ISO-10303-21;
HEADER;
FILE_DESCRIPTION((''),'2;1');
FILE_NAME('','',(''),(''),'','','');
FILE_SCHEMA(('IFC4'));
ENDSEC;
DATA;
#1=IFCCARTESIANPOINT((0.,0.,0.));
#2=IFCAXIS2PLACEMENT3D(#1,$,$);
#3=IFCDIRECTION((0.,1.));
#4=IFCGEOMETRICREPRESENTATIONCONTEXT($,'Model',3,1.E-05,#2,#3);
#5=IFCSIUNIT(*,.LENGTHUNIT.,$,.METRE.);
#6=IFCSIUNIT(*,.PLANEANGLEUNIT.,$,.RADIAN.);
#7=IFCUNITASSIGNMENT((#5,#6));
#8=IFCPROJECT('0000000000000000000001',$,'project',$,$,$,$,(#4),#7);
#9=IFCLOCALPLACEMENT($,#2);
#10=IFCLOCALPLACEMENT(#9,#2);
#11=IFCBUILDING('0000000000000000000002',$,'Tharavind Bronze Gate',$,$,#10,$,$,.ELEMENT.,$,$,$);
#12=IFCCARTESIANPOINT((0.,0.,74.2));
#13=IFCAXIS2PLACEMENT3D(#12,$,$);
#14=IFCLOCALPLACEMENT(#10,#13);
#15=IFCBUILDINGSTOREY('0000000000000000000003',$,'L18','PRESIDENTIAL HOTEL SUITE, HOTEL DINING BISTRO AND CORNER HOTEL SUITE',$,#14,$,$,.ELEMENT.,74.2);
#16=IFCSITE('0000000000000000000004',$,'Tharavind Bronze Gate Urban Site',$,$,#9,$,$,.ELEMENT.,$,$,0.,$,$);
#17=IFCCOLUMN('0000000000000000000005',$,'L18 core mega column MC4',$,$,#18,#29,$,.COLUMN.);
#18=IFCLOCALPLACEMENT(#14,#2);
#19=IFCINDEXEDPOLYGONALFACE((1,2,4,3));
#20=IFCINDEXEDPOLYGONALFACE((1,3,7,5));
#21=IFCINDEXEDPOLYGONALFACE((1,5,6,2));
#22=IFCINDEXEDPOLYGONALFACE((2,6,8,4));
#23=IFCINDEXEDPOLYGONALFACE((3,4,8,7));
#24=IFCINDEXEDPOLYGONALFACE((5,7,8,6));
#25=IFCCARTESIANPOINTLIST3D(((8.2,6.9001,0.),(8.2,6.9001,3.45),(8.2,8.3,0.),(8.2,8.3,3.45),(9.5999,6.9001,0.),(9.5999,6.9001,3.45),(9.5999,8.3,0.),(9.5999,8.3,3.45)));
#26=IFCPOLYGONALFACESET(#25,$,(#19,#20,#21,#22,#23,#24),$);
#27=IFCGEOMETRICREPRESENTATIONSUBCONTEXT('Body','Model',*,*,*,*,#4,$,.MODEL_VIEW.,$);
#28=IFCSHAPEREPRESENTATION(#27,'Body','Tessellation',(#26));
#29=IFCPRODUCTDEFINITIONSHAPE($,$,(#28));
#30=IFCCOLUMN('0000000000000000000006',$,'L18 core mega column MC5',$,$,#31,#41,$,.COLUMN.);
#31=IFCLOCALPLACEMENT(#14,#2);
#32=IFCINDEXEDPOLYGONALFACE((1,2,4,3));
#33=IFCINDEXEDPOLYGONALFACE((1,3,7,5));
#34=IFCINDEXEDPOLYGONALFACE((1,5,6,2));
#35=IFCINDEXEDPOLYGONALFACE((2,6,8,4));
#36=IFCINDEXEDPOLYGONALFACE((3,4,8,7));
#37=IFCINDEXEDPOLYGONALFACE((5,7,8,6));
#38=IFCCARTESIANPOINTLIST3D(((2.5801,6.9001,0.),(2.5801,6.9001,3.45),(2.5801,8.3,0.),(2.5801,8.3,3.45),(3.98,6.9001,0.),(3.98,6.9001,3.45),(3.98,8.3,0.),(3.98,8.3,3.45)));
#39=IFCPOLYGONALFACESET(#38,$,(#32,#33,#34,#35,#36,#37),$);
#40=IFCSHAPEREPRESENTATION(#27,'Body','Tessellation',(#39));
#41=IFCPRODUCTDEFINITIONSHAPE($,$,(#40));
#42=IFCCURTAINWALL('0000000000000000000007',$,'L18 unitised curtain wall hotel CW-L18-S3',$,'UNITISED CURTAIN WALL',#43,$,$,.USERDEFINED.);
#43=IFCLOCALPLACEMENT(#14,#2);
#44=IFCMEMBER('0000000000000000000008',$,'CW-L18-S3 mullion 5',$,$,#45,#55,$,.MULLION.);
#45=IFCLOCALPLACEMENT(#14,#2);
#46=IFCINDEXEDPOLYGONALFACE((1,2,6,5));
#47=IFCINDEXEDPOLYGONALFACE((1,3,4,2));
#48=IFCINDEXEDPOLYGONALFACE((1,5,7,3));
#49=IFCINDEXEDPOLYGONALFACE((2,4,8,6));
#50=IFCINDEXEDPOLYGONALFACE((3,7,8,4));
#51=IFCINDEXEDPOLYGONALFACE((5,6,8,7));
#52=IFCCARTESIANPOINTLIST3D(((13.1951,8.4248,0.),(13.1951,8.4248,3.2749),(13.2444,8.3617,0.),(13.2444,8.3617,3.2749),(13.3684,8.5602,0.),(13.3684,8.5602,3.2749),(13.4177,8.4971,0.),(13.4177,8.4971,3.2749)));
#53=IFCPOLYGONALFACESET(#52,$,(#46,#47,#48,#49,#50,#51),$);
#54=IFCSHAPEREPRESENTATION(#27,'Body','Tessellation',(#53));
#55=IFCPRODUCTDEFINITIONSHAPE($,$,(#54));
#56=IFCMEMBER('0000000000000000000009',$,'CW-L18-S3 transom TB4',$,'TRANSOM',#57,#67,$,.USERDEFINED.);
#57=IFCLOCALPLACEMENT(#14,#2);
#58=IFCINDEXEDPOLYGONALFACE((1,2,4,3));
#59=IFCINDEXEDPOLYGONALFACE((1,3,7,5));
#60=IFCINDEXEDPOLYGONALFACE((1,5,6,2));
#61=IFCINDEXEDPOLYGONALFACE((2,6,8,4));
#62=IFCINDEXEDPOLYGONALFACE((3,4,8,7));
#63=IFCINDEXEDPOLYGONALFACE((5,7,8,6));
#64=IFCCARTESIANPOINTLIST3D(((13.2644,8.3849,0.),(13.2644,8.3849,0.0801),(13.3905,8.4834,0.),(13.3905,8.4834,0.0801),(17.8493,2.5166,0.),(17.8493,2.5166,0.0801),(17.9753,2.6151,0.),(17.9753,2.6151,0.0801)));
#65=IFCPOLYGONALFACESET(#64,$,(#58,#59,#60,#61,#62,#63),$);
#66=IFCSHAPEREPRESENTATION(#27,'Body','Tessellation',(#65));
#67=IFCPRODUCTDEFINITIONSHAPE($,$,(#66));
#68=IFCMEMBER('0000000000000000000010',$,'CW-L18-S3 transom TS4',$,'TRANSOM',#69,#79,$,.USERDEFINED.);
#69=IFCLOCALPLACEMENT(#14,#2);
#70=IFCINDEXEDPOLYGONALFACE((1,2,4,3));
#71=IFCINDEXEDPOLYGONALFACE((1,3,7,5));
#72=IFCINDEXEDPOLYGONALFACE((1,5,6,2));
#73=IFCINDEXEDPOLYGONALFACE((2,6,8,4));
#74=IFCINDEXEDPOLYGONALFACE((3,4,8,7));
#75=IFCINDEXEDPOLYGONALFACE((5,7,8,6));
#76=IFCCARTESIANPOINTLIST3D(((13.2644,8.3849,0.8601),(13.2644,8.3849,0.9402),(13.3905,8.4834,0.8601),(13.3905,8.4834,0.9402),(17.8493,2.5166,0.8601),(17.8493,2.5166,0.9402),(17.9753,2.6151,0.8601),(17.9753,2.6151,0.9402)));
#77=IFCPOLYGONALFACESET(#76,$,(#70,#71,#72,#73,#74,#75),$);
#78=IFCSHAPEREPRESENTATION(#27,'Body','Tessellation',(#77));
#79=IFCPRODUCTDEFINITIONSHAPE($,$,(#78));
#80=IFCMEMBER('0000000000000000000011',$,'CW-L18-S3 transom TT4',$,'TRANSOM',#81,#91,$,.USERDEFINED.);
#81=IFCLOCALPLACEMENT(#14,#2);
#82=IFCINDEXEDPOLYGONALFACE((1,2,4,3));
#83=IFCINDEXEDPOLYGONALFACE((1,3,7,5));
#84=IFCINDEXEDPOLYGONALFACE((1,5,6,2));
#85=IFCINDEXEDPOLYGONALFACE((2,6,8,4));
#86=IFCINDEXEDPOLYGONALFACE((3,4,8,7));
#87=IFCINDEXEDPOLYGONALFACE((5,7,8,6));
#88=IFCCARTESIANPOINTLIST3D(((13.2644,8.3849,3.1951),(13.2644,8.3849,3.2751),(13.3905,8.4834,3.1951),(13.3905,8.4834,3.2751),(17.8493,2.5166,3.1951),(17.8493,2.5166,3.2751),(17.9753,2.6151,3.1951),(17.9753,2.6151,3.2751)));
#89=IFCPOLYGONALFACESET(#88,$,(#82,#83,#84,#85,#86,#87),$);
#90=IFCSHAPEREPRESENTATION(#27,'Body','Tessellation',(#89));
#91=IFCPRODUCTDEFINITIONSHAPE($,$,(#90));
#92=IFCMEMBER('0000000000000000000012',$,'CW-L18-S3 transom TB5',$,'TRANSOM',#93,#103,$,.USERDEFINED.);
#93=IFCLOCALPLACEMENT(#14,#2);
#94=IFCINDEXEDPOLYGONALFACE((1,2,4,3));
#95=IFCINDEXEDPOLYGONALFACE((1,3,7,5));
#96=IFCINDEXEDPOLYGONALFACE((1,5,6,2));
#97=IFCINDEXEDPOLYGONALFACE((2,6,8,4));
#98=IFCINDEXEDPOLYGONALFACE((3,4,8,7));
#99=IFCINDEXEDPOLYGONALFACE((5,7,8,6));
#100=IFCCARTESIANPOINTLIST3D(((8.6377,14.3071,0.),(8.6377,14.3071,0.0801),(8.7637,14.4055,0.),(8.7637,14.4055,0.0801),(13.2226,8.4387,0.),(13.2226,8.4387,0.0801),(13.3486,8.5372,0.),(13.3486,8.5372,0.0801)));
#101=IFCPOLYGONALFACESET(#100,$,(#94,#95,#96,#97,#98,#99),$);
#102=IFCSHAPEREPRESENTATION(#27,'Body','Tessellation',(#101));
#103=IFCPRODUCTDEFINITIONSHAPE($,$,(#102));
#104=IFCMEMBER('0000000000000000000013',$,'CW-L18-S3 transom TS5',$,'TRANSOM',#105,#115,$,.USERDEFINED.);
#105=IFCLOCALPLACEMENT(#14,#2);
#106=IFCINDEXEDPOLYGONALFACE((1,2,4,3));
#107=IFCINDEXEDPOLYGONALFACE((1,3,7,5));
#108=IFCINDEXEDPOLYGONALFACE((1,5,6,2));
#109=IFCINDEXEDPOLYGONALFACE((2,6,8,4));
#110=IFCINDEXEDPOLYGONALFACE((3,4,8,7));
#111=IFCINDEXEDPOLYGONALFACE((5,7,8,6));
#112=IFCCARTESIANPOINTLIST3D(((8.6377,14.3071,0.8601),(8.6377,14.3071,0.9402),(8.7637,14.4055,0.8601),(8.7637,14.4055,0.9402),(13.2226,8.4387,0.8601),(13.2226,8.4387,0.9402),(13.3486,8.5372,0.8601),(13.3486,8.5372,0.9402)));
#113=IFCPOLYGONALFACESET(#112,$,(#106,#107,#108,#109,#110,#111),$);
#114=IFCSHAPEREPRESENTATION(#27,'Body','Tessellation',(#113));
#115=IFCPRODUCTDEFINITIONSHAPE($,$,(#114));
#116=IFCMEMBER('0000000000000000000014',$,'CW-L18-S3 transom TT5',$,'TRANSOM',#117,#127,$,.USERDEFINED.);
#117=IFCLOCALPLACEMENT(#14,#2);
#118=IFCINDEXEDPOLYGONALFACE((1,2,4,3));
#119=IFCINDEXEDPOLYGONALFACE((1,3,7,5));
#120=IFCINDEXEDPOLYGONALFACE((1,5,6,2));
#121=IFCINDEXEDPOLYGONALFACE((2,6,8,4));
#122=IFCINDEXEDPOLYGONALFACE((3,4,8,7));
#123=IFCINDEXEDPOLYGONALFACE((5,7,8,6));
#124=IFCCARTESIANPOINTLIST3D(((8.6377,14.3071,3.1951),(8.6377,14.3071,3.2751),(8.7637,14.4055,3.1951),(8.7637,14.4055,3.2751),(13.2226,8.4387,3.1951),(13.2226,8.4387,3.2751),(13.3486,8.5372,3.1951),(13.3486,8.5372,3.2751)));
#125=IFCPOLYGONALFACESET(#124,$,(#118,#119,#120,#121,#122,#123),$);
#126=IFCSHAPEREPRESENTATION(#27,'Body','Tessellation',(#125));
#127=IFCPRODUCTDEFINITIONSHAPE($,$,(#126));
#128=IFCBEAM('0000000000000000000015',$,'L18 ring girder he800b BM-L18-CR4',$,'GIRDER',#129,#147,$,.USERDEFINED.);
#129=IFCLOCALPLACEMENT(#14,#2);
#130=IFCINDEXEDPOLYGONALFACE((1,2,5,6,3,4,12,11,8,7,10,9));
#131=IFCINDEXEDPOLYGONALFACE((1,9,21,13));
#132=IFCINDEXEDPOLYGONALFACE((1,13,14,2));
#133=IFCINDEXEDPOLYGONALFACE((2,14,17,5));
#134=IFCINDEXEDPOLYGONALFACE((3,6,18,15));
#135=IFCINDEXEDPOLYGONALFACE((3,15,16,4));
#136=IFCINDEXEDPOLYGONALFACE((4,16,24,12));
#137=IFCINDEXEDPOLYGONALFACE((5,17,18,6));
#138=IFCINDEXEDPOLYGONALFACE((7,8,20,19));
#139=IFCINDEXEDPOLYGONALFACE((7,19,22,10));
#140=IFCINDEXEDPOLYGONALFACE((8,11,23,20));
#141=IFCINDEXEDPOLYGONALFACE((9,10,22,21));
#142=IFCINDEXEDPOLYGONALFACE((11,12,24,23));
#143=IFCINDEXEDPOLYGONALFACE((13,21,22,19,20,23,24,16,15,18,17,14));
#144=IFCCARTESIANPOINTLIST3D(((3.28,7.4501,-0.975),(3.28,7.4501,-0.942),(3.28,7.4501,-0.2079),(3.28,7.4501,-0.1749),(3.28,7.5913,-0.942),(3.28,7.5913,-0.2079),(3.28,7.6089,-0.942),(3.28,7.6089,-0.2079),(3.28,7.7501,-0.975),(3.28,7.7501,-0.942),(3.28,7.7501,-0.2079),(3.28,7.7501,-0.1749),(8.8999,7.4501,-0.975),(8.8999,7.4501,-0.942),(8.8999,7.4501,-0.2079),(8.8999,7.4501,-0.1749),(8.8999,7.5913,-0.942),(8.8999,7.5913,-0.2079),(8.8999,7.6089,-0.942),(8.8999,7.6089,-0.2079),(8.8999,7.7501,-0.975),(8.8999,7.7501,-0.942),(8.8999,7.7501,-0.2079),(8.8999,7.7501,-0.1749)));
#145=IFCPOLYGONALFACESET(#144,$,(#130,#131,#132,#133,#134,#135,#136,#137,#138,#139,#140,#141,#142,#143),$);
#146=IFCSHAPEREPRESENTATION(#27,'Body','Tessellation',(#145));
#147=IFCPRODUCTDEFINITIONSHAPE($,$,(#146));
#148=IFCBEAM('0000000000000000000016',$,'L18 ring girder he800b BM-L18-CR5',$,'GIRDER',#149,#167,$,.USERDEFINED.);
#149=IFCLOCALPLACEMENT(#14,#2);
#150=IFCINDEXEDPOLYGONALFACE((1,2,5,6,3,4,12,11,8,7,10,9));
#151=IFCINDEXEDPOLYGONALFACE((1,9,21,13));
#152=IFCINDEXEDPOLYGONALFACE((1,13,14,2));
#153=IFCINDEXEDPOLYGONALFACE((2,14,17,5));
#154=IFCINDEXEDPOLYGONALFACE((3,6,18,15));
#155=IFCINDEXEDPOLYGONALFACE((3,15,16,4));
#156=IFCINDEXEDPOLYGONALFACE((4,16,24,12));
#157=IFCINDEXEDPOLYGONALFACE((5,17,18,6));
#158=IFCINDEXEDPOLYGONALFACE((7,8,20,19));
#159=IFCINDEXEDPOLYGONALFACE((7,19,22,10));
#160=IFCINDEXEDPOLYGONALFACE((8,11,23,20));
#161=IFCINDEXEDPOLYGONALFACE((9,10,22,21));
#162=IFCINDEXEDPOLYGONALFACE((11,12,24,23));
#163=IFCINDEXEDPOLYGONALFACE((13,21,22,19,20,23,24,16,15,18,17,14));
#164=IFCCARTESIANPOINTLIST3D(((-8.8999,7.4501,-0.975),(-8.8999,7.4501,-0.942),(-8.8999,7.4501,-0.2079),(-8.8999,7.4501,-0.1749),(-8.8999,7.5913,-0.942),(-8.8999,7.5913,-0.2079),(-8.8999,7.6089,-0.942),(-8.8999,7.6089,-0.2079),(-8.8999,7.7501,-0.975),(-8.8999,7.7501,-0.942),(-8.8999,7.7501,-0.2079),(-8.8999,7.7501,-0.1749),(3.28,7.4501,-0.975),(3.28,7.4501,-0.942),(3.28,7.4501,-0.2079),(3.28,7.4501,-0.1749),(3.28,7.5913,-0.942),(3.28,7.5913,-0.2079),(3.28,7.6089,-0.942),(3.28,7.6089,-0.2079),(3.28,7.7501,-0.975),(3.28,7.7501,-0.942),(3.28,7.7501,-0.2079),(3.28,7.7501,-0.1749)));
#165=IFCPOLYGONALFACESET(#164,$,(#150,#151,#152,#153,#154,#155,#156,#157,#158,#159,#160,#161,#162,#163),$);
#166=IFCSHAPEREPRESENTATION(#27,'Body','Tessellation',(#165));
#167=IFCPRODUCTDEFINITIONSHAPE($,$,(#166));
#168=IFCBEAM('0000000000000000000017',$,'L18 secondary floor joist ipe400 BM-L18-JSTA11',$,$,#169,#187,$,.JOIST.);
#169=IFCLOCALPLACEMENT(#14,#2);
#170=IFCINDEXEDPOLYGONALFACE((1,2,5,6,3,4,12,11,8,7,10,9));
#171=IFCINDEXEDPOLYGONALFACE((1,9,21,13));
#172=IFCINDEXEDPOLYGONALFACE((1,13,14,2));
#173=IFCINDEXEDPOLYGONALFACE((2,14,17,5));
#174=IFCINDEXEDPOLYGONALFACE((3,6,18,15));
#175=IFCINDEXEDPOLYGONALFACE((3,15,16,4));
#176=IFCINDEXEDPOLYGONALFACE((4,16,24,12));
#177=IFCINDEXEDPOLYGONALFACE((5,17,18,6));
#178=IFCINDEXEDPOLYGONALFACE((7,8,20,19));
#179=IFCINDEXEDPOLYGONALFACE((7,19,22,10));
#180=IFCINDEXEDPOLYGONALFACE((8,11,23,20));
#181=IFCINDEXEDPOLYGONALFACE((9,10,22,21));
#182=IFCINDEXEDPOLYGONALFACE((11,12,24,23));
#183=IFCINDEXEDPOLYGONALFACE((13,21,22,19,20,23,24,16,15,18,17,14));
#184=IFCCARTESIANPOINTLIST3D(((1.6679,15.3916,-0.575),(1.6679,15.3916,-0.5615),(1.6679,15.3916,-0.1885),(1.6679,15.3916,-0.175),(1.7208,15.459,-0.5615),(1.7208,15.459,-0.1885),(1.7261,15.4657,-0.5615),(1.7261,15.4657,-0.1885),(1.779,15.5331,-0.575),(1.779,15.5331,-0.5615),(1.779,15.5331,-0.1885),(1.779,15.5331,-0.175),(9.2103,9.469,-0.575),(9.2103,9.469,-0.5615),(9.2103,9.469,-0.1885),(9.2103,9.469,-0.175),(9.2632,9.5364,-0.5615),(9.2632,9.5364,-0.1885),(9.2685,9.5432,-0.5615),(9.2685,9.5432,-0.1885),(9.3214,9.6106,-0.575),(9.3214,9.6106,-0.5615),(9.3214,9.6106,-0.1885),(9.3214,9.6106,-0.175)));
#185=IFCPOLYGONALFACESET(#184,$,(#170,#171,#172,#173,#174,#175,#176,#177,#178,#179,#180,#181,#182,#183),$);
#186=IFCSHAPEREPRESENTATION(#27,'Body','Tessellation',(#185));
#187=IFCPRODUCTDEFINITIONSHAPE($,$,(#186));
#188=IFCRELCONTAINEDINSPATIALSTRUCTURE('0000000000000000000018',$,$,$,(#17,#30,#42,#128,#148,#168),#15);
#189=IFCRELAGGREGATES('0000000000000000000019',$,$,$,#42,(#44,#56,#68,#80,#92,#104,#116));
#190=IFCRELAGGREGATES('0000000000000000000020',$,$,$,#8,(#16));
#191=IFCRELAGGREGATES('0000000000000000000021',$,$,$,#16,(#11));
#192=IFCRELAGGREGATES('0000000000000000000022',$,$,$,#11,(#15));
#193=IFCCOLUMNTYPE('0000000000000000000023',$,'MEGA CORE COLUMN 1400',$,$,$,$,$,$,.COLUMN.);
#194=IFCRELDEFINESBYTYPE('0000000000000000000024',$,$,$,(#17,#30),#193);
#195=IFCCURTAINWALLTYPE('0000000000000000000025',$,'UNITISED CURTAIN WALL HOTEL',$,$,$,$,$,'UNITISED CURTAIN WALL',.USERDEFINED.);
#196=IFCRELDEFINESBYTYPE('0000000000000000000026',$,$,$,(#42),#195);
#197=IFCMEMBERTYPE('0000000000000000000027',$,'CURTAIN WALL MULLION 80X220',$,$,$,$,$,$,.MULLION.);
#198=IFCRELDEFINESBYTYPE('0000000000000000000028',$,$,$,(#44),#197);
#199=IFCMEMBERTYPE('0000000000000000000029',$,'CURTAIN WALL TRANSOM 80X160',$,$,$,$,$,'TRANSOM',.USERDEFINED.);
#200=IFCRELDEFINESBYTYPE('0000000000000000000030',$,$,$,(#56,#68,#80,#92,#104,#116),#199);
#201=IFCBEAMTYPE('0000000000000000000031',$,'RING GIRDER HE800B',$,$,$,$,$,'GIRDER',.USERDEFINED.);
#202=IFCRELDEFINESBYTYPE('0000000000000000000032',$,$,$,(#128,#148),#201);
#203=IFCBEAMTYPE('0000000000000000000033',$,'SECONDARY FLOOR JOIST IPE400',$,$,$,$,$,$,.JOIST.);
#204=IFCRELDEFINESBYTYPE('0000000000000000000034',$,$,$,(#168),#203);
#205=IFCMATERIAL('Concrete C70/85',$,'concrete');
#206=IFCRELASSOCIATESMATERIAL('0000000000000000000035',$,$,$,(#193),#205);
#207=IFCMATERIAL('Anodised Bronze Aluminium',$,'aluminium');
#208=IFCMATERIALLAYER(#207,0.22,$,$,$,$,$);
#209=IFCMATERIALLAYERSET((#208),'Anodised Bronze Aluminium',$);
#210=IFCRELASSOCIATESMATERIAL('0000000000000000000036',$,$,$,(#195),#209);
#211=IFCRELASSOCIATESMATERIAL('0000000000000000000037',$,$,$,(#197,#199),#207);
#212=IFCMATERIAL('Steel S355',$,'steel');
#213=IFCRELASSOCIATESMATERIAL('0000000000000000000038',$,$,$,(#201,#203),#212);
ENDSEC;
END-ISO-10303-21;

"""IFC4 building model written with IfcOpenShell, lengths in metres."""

from ifc_helpers import new_model, si_unit, direction, frame, origin, origin_2d, place, context, subcontext, project, spatial, rectangle, i_section, extrude, material, layer, layer_set, material_profile, profile_set, type_object, element, aggregate, save


model = new_model("IFC4")

# Units and contexts
model_context = context("Model", 3, precision=1e-05, world=origin(), true_north=direction((0.0, 1.0)))
body_context = subcontext(model_context, "Body", "Model", "MODEL_VIEW")
ifc_project = project(units=[si_unit("LENGTHUNIT", "METRE"), si_unit("PLANEANGLEUNIT", "RADIAN")], contexts=[model_context])

# Site, building, storey
site_placement = place(None, origin())
site = spatial("IfcSite", under=ifc_project, at=site_placement, Name="Tharavind Bronze Gate Urban Site", CompositionType="ELEMENT", RefElevation=0.0)
building_placement = place(site_placement, origin())
building = spatial("IfcBuilding", under=site, at=building_placement, Name="Tharavind Bronze Gate", CompositionType="ELEMENT")
storey_placement = place(building_placement, frame((0.0, 0.0, 74.2)))
storey = spatial("IfcBuildingStorey", under=building, at=storey_placement, Name="L18", Description="PRESIDENTIAL HOTEL SUITE, HOTEL DINING BISTRO AND CORNER HOTEL SUITE", CompositionType="ELEMENT", Elevation=74.2)

# Columns
ifc_material_1 = material(Name="Concrete C70/85", Category="concrete")
ifc_material_profile_1 = material_profile(ifc_material_1, rectangle(XDim=1.3999, YDim=1.3999, at=origin_2d()), Name="RCCOL1400")
ifc_profile_set_1 = profile_set([ifc_material_profile_1], Name="Concrete C70/85")
column_type = type_object("IfcColumnType", Name="MEGA CORE COLUMN 1400", PredefinedType="COLUMN", material=ifc_profile_set_1)
for number, where, z_axis, x_axis, name in (
    (1, (8.8999, 7.6001, 0.0), (0.0, 0.0, 1.0), (1.0, 0.0, 0.0), "L18 core mega column MC4"),
    (2, (3.28, 7.6001, 0.0), (0.0, 0.0, 1.0), (1.0, 0.0, 0.0), "L18 core mega column MC5"),
):
    element("IfcColumn", number, at=place(storey_placement, frame(where, z_axis=z_axis, x_axis=x_axis)), inside=storey, type_object=column_type, Name=name, PredefinedType="COLUMN", context=body_context, shape_type="SweptSolid", body=[
        extrude(rectangle(XDim=1.3999, YDim=1.3999, at=origin_2d()), origin(), (0.0, 0.0, 1.0), 3.45),
    ])

# Curtain wall, members
ifc_material_2 = material(Name="Anodised Bronze Aluminium", Category="aluminium")
ifc_layer_1 = layer(ifc_material_2, 0.22)
ifc_layer_set_1 = layer_set([ifc_layer_1], Name="Anodised Bronze Aluminium")
curtain_wall_type = type_object("IfcCurtainWallType", Name="UNITISED CURTAIN WALL HOTEL", ElementType="UNITISED CURTAIN WALL", PredefinedType="USERDEFINED", material=ifc_layer_set_1)
curtain_wall_placement = place(storey_placement, origin())
curtain_wall = element("IfcCurtainWall", 3, at=curtain_wall_placement, inside=storey, type_object=curtain_wall_type, Name="L18 unitised curtain wall hotel CW-L18-S3", ObjectType="UNITISED CURTAIN WALL", PredefinedType="USERDEFINED")
member_type_1 = type_object("IfcMemberType", Name="CURTAIN WALL MULLION 80X220", PredefinedType="MULLION", material=ifc_material_2)
member_1_placement = place(storey_placement, frame((13.3064, 8.4609, 0.0), z_axis=(0.0, 0.0, 1.0), x_axis=(-0.615661, 0.788011, 0.0)))
member_1 = element("IfcMember", 4, at=member_1_placement, type_object=member_type_1, Name="CW-L18-S3 mullion 5", PredefinedType="MULLION", context=body_context, shape_type="SweptSolid", body=[
    extrude(rectangle(XDim=0.0801, YDim=0.22, at=origin_2d()), origin(), (0.0, 0.0, 1.0), 3.2749),
])
member_type_2 = type_object("IfcMemberType", Name="CURTAIN WALL TRANSOM 80X160", ElementType="TRANSOM", PredefinedType="USERDEFINED", material=ifc_material_2)
member_2_placement = place(storey_placement, frame((15.6199, 5.5, 0.0), z_axis=(0.0, 0.0, 1.0), x_axis=(-0.615661, 0.788011, 0.0)))
member_2 = element("IfcMember", 5, at=member_2_placement, type_object=member_type_2, Name="CW-L18-S3 transom TB4", ObjectType="TRANSOM", PredefinedType="USERDEFINED", context=body_context, shape_type="SweptSolid", body=[
    extrude(rectangle(XDim=7.447, YDim=0.1599, at=origin_2d()), origin(), (0.0, 0.0, 1.0), 0.0801),
])
member_3_placement = place(storey_placement, frame((15.6199, 5.5, 0.8601), z_axis=(0.0, 0.0, 1.0), x_axis=(-0.615661, 0.788011, 0.0)))
member_3 = element("IfcMember", 6, at=member_3_placement, type_object=member_type_2, Name="CW-L18-S3 transom TS4", ObjectType="TRANSOM", PredefinedType="USERDEFINED", context=body_context, shape_type="SweptSolid", body=[
    extrude(rectangle(XDim=7.447, YDim=0.1599, at=origin_2d()), origin(), (0.0, 0.0, 1.0), 0.0801),
])
member_4_placement = place(storey_placement, frame((15.6199, 5.5, 3.1951), z_axis=(0.0, 0.0, 1.0), x_axis=(-0.615661, 0.788011, 0.0)))
member_4 = element("IfcMember", 7, at=member_4_placement, type_object=member_type_2, Name="CW-L18-S3 transom TT4", ObjectType="TRANSOM", PredefinedType="USERDEFINED", context=body_context, shape_type="SweptSolid", body=[
    extrude(rectangle(XDim=7.447, YDim=0.1599, at=origin_2d()), origin(), (0.0, 0.0, 1.0), 0.0801),
])
member_5_placement = place(storey_placement, frame((10.9932, 11.4221, 0.0), z_axis=(0.0, 0.0, 1.0), x_axis=(-0.615661, 0.788011, 0.0)))
member_5 = element("IfcMember", 8, at=member_5_placement, type_object=member_type_2, Name="CW-L18-S3 transom TB5", ObjectType="TRANSOM", PredefinedType="USERDEFINED", context=body_context, shape_type="SweptSolid", body=[
    extrude(rectangle(XDim=7.447, YDim=0.1599, at=origin_2d()), origin(), (0.0, 0.0, 1.0), 0.0801),
])
member_6_placement = place(storey_placement, frame((10.9932, 11.4221, 0.8601), z_axis=(0.0, 0.0, 1.0), x_axis=(-0.615661, 0.788011, 0.0)))
member_6 = element("IfcMember", 9, at=member_6_placement, type_object=member_type_2, Name="CW-L18-S3 transom TS5", ObjectType="TRANSOM", PredefinedType="USERDEFINED", context=body_context, shape_type="SweptSolid", body=[
    extrude(rectangle(XDim=7.447, YDim=0.1599, at=origin_2d()), origin(), (0.0, 0.0, 1.0), 0.0801),
])
member_7_placement = place(storey_placement, frame((10.9932, 11.4221, 3.1951), z_axis=(0.0, 0.0, 1.0), x_axis=(-0.615661, 0.788011, 0.0)))
member_7 = element("IfcMember", 10, at=member_7_placement, type_object=member_type_2, Name="CW-L18-S3 transom TT5", ObjectType="TRANSOM", PredefinedType="USERDEFINED", context=body_context, shape_type="SweptSolid", body=[
    extrude(rectangle(XDim=7.447, YDim=0.1599, at=origin_2d()), origin(), (0.0, 0.0, 1.0), 0.0801),
])

# Beams
ifc_material_3 = material(Name="Steel S355", Category="steel")
ifc_material_profile_2 = material_profile(ifc_material_3, i_section(OverallWidth=0.3, OverallDepth=0.8, WebThickness=0.0176, FlangeThickness=0.033, at=origin_2d()), Name="HE800B")
ifc_profile_set_2 = profile_set([ifc_material_profile_2], Name="Steel S355")
beam_type_1 = type_object("IfcBeamType", Name="RING GIRDER HE800B", ElementType="GIRDER", PredefinedType="USERDEFINED", material=ifc_profile_set_2)
beam_1_placement = place(storey_placement, frame((8.8999, 7.6001, -0.575), z_axis=(-1.0, 0.0, 0.0), x_axis=(0.0, -1.0, 0.0)))
element("IfcBeam", 11, at=beam_1_placement, inside=storey, type_object=beam_type_1, Name="L18 ring girder he800b BM-L18-CR4", ObjectType="GIRDER", PredefinedType="USERDEFINED", context=body_context, shape_type="SweptSolid", body=[
    extrude(i_section(OverallWidth=0.3, OverallDepth=0.8, WebThickness=0.0176, FlangeThickness=0.033, at=origin_2d()), origin(), (0.0, 0.0, 1.0), 5.6199),
])
beam_2_placement = place(storey_placement, frame((3.28, 7.6001, -0.575), z_axis=(-1.0, 0.0, 0.0), x_axis=(0.0, -1.0, 0.0)))
element("IfcBeam", 12, at=beam_2_placement, inside=storey, type_object=beam_type_1, Name="L18 ring girder he800b BM-L18-CR5", ObjectType="GIRDER", PredefinedType="USERDEFINED", context=body_context, shape_type="SweptSolid", body=[
    extrude(i_section(OverallWidth=0.3, OverallDepth=0.8, WebThickness=0.0176, FlangeThickness=0.033, at=origin_2d()), origin(), (0.0, 0.0, 1.0), 12.1799),
])
ifc_material_profile_3 = material_profile(ifc_material_3, i_section(OverallWidth=0.1799, OverallDepth=0.3999, WebThickness=0.0085, FlangeThickness=0.0134, at=origin_2d()), Name="IPE400")
ifc_profile_set_3 = profile_set([ifc_material_profile_3], Name="Steel S355")
beam_type_2 = type_object("IfcBeamType", Name="SECONDARY FLOOR JOIST IPE400", PredefinedType="JOIST", material=ifc_profile_set_3)
beam_3_placement = place(storey_placement, frame((9.2659, 9.5398, -0.375), z_axis=(-0.786502, 0.617588, 0.0), x_axis=(-0.617588, -0.786502, 0.0)))
element("IfcBeam", 13, at=beam_3_placement, inside=storey, type_object=beam_type_2, Name="L18 secondary floor joist ipe400 BM-L18-JSTA11", PredefinedType="JOIST", context=body_context, shape_type="SweptSolid", body=[
    extrude(i_section(OverallWidth=0.1799, OverallDepth=0.3999, WebThickness=0.0085, FlangeThickness=0.0134, at=origin_2d()), origin(), (0.0, 0.0, 1.0), 9.5898),
])

aggregate(curtain_wall, [member_1, member_2, member_3, member_4, member_5, member_6, member_7])

save(model, "model.ifc")
